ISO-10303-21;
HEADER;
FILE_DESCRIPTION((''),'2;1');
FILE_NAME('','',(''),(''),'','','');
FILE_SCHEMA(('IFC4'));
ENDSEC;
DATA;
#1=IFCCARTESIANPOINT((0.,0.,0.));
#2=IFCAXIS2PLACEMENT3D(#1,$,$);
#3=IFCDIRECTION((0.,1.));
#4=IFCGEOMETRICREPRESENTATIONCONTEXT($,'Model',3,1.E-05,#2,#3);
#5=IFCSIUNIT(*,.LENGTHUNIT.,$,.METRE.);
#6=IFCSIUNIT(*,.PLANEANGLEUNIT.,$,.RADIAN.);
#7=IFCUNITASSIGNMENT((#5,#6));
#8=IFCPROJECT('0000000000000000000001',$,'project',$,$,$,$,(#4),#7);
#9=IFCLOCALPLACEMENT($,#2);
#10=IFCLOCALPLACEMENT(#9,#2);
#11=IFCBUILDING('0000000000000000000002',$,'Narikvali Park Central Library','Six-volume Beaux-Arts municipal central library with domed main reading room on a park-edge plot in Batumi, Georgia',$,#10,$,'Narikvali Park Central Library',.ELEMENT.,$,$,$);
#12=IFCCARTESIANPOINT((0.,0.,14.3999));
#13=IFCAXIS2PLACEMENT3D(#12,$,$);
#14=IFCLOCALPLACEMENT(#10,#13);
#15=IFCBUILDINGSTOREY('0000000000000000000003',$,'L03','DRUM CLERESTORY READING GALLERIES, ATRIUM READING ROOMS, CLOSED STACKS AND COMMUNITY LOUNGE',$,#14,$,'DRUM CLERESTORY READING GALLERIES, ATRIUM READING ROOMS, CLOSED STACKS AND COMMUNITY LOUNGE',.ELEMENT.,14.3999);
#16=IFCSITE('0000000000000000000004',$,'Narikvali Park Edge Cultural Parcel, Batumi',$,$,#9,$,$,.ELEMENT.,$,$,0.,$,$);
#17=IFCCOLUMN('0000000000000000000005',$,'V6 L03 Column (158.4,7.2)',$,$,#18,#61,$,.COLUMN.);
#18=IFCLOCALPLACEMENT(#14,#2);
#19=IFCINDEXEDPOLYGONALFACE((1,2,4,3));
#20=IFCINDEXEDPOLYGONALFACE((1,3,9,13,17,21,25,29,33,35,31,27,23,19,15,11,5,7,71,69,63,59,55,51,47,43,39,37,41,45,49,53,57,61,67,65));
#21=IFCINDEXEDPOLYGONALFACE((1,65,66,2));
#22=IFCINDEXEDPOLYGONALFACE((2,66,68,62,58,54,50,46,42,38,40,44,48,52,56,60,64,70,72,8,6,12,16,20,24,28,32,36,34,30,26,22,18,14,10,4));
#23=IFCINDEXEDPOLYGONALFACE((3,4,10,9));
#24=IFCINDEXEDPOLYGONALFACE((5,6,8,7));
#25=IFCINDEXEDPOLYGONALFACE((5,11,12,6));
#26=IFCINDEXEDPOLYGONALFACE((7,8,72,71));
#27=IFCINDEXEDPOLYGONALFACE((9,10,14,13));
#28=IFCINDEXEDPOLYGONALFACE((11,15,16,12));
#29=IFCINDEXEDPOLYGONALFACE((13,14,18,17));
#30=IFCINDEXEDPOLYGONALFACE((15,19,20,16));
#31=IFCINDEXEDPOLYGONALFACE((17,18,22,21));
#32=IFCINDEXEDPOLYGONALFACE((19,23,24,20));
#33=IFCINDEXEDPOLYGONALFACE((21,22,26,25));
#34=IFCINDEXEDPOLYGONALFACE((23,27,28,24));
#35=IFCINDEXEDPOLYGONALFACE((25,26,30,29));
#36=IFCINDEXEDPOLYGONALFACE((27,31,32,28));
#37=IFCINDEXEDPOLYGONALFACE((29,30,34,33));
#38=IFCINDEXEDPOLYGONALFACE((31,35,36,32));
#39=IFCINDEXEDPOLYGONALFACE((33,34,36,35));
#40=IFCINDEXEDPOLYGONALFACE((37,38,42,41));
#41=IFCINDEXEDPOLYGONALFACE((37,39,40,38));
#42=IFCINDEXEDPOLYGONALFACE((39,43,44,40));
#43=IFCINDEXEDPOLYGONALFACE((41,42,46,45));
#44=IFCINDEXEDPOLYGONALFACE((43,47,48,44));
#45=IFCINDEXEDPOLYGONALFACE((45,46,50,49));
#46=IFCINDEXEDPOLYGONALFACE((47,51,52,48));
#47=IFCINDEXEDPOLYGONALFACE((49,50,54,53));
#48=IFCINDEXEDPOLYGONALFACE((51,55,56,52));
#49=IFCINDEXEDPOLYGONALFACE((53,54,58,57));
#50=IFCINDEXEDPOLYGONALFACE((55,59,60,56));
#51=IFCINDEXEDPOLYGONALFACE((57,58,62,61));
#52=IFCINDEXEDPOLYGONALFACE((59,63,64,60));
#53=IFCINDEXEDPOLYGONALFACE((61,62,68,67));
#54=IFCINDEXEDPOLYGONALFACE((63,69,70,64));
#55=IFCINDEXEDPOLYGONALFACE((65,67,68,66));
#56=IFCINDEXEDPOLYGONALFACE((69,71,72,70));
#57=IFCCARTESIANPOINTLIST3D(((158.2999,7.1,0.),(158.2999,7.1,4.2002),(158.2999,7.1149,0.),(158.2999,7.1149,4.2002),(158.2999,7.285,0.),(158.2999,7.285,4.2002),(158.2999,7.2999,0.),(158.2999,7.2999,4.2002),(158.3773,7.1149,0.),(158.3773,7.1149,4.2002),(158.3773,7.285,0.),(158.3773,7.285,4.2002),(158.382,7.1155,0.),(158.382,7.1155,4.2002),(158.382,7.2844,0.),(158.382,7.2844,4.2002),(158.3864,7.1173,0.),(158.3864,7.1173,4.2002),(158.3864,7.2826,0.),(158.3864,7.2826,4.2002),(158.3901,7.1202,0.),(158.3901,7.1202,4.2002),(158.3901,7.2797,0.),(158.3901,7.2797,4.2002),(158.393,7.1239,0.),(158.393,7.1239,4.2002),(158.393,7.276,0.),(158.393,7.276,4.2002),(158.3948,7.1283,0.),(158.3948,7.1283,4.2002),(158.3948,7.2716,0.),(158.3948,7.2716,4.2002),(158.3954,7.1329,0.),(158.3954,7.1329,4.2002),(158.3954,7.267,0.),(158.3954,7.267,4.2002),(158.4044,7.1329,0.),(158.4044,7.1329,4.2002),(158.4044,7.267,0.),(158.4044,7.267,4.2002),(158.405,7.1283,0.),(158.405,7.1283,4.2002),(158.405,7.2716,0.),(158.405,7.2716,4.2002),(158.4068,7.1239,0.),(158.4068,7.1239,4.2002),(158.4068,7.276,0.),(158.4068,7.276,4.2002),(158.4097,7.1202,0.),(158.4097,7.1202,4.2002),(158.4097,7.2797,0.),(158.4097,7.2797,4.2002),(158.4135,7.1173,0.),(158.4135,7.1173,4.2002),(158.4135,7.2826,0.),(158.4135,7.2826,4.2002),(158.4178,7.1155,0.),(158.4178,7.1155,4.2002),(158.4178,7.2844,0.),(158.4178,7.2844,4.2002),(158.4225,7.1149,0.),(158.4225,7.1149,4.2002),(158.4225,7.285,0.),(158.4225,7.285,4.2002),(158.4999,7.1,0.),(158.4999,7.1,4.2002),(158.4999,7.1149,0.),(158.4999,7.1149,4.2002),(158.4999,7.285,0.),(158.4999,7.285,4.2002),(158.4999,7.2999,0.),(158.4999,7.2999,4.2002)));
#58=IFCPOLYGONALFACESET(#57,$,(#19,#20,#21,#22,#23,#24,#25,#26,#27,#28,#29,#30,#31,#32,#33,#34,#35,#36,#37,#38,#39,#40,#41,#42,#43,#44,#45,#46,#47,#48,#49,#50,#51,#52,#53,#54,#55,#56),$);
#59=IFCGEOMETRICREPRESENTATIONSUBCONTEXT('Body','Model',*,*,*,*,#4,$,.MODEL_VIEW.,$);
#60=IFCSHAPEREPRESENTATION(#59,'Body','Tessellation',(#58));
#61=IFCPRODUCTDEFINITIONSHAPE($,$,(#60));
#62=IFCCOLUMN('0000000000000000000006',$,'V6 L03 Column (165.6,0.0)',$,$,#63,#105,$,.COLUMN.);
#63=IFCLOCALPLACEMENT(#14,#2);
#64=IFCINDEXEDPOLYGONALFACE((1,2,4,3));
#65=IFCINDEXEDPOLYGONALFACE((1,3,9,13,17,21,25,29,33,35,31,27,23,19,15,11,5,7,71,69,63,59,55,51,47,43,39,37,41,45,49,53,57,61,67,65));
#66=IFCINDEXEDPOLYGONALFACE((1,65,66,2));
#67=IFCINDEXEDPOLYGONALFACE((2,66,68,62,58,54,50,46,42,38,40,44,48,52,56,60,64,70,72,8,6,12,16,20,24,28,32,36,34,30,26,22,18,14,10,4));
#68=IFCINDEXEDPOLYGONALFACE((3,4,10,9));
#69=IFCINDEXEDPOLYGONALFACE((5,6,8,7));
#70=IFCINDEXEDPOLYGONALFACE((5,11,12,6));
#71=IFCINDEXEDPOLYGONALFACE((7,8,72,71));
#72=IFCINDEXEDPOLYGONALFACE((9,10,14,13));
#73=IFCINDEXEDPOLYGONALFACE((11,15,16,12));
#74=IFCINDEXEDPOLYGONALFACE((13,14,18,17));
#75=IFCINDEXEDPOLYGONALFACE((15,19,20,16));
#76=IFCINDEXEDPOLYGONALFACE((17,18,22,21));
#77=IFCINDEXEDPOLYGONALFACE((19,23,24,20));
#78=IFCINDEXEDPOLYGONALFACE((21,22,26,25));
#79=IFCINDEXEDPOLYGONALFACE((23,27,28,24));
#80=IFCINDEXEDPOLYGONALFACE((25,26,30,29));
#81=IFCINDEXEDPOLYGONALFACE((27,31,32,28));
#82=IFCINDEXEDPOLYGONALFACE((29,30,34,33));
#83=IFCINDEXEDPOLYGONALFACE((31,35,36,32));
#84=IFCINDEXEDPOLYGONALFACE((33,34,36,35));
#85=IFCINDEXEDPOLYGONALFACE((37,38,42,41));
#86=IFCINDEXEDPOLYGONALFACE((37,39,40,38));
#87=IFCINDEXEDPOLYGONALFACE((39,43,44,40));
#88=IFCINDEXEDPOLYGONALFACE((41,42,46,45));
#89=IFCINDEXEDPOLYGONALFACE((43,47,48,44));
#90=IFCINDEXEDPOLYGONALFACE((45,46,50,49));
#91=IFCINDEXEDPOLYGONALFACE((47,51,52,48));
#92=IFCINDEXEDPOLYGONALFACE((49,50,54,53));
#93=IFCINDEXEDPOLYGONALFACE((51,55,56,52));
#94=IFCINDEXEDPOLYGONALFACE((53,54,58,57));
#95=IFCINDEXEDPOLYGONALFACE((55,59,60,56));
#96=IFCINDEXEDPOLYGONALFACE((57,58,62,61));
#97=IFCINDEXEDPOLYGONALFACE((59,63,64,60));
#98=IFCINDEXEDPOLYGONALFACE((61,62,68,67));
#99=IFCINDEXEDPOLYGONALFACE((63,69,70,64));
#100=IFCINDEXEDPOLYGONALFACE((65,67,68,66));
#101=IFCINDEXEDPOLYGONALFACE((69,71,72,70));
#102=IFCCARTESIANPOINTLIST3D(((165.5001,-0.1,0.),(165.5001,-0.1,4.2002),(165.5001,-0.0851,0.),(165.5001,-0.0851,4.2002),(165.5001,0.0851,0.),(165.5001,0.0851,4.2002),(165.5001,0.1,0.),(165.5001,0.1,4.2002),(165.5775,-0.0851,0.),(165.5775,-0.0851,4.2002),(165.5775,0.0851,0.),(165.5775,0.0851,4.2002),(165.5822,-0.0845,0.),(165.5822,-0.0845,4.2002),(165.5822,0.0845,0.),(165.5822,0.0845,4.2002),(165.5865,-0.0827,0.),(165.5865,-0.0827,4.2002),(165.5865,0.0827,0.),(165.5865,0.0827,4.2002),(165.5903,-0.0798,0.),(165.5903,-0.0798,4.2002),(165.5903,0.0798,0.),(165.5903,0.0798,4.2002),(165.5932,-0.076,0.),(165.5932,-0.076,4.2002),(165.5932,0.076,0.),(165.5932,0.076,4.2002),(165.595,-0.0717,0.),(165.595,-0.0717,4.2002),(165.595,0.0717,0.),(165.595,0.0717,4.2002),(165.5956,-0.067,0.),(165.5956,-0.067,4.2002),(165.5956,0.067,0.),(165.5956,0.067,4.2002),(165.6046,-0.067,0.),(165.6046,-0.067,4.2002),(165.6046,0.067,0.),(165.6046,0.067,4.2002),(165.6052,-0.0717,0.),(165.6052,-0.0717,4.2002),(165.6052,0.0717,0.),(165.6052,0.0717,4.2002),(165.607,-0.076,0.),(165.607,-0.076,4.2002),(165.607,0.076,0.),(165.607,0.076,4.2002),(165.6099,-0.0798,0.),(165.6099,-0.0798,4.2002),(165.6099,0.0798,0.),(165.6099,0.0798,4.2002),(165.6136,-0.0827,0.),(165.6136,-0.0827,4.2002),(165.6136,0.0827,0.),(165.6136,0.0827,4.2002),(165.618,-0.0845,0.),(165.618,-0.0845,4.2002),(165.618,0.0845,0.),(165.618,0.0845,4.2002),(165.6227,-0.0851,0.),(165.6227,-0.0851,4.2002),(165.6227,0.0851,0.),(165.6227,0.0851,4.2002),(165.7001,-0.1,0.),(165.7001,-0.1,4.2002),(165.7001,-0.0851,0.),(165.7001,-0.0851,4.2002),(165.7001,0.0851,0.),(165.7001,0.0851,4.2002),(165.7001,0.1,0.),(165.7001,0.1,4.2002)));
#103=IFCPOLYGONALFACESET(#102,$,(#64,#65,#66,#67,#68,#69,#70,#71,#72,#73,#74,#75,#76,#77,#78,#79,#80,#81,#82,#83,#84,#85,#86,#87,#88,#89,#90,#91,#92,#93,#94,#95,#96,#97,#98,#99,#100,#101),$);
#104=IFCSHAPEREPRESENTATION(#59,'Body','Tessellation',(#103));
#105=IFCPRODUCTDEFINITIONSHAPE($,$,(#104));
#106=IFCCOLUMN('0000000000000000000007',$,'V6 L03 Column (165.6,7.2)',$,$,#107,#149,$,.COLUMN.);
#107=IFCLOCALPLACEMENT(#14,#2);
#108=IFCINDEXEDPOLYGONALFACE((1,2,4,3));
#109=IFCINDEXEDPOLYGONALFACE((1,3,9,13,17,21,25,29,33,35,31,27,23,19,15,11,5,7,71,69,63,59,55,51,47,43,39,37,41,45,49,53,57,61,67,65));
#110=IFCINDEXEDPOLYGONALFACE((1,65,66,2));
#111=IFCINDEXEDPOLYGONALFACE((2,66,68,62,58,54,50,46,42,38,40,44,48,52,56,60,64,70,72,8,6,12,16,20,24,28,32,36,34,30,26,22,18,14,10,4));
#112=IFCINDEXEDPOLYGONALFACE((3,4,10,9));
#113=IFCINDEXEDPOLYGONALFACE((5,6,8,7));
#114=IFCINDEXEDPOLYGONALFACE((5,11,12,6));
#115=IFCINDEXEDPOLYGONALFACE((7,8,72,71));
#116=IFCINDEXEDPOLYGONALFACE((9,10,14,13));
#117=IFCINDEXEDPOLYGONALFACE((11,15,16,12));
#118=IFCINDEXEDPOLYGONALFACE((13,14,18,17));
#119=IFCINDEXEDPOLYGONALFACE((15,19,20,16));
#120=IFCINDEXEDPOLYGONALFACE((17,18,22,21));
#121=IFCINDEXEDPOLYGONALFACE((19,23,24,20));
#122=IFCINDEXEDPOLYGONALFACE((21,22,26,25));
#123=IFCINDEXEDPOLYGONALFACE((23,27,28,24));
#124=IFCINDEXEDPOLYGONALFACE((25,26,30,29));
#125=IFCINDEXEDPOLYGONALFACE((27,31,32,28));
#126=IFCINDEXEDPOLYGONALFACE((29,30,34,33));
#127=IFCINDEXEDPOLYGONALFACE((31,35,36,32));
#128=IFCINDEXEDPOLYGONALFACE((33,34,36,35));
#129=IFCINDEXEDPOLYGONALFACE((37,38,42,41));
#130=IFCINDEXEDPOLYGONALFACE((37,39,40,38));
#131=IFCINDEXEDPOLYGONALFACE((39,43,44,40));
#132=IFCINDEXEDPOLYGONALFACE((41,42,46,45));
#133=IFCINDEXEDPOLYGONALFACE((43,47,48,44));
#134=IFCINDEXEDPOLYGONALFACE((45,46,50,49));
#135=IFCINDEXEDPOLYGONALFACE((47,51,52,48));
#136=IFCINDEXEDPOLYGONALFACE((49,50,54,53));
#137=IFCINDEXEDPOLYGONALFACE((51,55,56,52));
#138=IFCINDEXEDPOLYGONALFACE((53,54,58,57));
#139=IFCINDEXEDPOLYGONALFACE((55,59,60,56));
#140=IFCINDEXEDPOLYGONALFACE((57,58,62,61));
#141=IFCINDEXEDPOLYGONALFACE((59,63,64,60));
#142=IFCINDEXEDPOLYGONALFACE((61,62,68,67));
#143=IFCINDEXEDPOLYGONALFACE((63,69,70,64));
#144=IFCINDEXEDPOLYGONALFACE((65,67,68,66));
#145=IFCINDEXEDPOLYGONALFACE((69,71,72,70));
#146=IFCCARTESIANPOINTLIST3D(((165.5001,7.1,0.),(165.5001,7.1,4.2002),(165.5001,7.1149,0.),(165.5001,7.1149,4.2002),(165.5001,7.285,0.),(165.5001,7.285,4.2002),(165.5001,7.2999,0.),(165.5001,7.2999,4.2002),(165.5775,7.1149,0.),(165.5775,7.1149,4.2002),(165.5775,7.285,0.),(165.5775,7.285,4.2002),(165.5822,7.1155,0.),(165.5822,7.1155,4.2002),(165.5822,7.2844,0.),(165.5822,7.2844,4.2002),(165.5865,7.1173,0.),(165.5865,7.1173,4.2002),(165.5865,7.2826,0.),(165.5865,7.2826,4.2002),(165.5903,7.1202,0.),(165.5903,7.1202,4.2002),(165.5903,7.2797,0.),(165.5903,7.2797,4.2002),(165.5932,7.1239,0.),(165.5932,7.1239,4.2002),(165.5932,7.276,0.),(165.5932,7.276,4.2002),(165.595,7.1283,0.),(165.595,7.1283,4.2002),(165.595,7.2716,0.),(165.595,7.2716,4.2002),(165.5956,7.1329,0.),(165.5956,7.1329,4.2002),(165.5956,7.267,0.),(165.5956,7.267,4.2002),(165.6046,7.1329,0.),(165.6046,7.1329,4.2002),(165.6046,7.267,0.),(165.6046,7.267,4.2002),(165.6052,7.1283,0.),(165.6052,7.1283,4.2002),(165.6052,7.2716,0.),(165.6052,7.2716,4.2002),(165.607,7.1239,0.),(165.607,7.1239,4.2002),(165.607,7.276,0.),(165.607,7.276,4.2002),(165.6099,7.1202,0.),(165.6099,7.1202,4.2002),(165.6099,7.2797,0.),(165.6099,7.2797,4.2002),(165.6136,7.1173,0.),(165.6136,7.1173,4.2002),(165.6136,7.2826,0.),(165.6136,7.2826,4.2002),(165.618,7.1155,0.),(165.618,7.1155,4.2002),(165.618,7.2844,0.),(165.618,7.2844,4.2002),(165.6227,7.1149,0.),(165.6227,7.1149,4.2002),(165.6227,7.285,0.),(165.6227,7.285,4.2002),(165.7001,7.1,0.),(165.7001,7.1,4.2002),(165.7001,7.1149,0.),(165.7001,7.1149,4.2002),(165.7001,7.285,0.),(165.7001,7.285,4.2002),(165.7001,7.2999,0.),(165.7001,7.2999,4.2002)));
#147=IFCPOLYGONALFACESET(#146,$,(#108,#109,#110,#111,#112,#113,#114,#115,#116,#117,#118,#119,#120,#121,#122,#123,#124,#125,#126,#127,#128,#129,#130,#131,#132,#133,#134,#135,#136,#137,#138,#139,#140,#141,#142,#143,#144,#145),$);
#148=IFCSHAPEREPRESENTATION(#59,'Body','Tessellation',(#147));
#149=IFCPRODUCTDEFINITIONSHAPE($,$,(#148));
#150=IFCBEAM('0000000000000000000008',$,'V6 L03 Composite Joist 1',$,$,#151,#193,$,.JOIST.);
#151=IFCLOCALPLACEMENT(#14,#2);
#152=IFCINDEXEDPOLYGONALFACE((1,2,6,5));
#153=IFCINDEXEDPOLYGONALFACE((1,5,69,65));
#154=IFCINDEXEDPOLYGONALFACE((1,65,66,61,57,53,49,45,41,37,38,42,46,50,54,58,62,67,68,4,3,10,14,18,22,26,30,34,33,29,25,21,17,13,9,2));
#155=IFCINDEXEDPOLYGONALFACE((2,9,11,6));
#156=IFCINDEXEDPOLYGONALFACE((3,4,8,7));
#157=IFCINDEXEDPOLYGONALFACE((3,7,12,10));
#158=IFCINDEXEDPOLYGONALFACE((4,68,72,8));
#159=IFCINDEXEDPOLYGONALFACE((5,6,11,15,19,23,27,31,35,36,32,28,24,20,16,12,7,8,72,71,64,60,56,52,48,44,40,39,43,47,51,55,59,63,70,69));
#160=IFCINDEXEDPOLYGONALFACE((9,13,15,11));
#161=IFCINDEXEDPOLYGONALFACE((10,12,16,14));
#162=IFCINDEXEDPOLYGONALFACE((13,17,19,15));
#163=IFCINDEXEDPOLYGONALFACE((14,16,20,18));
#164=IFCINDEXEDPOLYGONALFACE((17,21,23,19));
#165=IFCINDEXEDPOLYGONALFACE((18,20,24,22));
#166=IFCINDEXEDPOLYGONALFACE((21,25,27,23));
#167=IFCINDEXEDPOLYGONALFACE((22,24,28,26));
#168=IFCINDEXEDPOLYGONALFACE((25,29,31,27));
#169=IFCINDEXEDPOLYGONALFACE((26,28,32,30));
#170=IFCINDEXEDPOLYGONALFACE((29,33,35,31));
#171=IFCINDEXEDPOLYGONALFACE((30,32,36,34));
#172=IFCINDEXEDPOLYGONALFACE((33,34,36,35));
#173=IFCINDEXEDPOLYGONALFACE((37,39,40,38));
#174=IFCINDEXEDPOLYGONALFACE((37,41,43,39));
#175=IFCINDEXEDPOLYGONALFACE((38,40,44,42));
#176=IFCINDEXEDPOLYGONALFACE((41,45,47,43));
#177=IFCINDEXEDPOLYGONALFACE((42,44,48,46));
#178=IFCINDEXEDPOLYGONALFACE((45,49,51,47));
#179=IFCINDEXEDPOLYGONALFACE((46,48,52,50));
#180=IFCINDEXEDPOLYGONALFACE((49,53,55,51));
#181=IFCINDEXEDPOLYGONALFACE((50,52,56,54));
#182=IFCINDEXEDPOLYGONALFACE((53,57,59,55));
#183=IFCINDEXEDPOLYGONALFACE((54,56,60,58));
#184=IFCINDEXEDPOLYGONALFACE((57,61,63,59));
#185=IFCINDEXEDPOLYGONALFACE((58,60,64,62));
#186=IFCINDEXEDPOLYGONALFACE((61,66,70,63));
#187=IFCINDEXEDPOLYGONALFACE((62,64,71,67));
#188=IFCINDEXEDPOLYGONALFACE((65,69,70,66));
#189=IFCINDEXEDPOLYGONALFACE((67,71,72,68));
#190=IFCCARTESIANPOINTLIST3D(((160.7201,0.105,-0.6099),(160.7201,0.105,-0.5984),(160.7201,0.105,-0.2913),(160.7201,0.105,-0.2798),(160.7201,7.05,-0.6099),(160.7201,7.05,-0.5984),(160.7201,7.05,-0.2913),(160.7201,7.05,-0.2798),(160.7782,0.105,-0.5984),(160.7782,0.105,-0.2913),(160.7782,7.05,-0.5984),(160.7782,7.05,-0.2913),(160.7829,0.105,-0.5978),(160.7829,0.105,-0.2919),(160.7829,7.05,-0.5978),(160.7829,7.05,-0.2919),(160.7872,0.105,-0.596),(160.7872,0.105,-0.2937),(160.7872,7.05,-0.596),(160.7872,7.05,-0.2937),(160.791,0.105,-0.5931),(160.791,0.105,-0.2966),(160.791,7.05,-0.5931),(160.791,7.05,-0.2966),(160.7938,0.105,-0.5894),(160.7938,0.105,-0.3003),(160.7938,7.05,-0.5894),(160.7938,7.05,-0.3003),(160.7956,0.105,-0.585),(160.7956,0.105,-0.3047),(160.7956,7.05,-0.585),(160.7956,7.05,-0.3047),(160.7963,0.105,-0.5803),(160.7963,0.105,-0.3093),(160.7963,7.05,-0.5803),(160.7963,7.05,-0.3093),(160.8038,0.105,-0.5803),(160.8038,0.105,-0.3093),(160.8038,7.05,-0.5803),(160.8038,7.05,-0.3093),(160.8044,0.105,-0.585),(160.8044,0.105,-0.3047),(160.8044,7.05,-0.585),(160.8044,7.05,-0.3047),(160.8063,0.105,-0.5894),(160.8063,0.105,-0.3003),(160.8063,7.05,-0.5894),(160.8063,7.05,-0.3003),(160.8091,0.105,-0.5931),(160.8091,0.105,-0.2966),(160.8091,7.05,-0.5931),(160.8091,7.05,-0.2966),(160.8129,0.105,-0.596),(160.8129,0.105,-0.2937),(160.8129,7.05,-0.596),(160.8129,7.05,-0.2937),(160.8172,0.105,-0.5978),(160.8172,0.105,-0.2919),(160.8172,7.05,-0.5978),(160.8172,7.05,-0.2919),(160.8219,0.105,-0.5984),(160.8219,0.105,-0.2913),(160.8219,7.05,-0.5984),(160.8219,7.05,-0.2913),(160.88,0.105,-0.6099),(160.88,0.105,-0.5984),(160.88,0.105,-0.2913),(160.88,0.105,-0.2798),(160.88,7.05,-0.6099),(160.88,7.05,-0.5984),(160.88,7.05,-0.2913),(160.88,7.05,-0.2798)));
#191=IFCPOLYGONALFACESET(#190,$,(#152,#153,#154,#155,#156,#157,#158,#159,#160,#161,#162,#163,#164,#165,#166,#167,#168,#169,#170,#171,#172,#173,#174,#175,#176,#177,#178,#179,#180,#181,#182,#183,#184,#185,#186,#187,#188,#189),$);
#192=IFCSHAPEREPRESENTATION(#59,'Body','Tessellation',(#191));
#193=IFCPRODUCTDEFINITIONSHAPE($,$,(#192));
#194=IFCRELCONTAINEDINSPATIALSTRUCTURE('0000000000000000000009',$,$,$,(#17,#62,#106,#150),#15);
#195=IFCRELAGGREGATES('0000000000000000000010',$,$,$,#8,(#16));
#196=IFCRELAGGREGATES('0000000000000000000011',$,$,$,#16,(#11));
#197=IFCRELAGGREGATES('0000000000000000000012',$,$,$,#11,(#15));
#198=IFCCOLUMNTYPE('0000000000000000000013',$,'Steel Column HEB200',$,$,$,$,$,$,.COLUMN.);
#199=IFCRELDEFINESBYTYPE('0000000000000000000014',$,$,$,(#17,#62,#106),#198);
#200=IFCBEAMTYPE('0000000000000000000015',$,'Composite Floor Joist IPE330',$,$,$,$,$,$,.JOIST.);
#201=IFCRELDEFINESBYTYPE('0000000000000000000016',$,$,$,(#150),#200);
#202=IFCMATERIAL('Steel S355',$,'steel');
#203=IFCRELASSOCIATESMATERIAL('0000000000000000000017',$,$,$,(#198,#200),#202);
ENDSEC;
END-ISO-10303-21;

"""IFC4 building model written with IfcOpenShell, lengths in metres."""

from ifc_helpers import new_model, si_unit, direction, frame, origin, origin_2d, place, context, subcontext, project, spatial, i_section, extrude, material, material_profile, profile_set, type_object, element, save


model = new_model("IFC4")

# Units and contexts
model_context = context("Model", 3, precision=1e-05, world=origin(), true_north=direction((0.0, 1.0)))
body_context = subcontext(model_context, "Body", "Model", "MODEL_VIEW")
ifc_project = project(units=[si_unit("LENGTHUNIT", "METRE"), si_unit("PLANEANGLEUNIT", "RADIAN")], contexts=[model_context])

# Site, building, storey
site_placement = place(None, origin())
site = spatial("IfcSite", under=ifc_project, at=site_placement, Name="Narikvali Park Edge Cultural Parcel, Batumi", CompositionType="ELEMENT", RefElevation=0.0)
building_placement = place(site_placement, origin())
building = spatial("IfcBuilding", under=site, at=building_placement, Name="Narikvali Park Central Library", Description="Six-volume Beaux-Arts municipal central library with domed main reading room on a park-edge plot in Batumi, Georgia", LongName="Narikvali Park Central Library", CompositionType="ELEMENT")
storey_placement = place(building_placement, frame((0.0, 0.0, 14.3999)))
storey = spatial("IfcBuildingStorey", under=building, at=storey_placement, Name="L03", Description="DRUM CLERESTORY READING GALLERIES, ATRIUM READING ROOMS, CLOSED STACKS AND COMMUNITY LOUNGE", LongName="DRUM CLERESTORY READING GALLERIES, ATRIUM READING ROOMS, CLOSED STACKS AND COMMUNITY LOUNGE", CompositionType="ELEMENT", Elevation=14.3999)

# Columns
ifc_material_1 = material(Name="Steel S355", Category="steel")
ifc_material_profile_1 = material_profile(ifc_material_1, i_section(OverallWidth=0.2, OverallDepth=0.2, WebThickness=0.009, FlangeThickness=0.0149, FilletRadius=0.0181, at=origin_2d()), Name="HEB 200")
ifc_profile_set_1 = profile_set([ifc_material_profile_1], Name="Steel S355")
column_type = type_object("IfcColumnType", Name="Steel Column HEB200", PredefinedType="COLUMN", material=ifc_profile_set_1)
for number, where, z_axis, x_axis, name in (
    (1, (158.3999, 7.2, 0.0), (0.0, 0.0, 1.0), (1.0, 0.0, 0.0), "V6 L03 Column (158.4,7.2)"),
    (2, (165.6001, 0.0, 0.0), (0.0, 0.0, 1.0), (1.0, 0.0, 0.0), "V6 L03 Column (165.6,0.0)"),
    (3, (165.6001, 7.2, 0.0), (0.0, 0.0, 1.0), (1.0, 0.0, 0.0), "V6 L03 Column (165.6,7.2)"),
):
    element("IfcColumn", number, at=place(storey_placement, frame(where, z_axis=z_axis, x_axis=x_axis)), inside=storey, type_object=column_type, Name=name, PredefinedType="COLUMN", context=body_context, shape_type="SweptSolid", body=[
        extrude(i_section(OverallWidth=0.2, OverallDepth=0.2, WebThickness=0.009, FlangeThickness=0.0149, FilletRadius=0.0181, at=origin_2d()), origin(), (0.0, 0.0, 1.0), 4.2002),
    ])

# Beam
ifc_material_profile_2 = material_profile(ifc_material_1, i_section(OverallWidth=0.1599, OverallDepth=0.3301, WebThickness=0.0076, FlangeThickness=0.0115, FilletRadius=0.0181, at=origin_2d()), Name="IPE 330")
ifc_profile_set_2 = profile_set([ifc_material_profile_2], Name="Steel S355")
beam_type_1 = type_object("IfcBeamType", Name="Composite Floor Joist IPE330", PredefinedType="JOIST", material=ifc_profile_set_2)
for number, where, z_axis, x_axis, name in (
    (4, (160.8, 0.105, -0.4448), (0.0, 1.0, 0.0), (-1.0, 0.0, 0.0), "V6 L03 Composite Joist 1"),
):
    element("IfcBeam", number, at=place(storey_placement, frame(where, z_axis=z_axis, x_axis=x_axis)), inside=storey, type_object=beam_type_1, Name=name, PredefinedType="JOIST", context=body_context, shape_type="SweptSolid", body=[
        extrude(i_section(OverallWidth=0.1599, OverallDepth=0.3301, WebThickness=0.0076, FlangeThickness=0.0115, FilletRadius=0.0181, at=origin_2d()), origin(), (0.0, 0.0, 1.0), 6.9451),
    ])

save(model, "model.ifc")
